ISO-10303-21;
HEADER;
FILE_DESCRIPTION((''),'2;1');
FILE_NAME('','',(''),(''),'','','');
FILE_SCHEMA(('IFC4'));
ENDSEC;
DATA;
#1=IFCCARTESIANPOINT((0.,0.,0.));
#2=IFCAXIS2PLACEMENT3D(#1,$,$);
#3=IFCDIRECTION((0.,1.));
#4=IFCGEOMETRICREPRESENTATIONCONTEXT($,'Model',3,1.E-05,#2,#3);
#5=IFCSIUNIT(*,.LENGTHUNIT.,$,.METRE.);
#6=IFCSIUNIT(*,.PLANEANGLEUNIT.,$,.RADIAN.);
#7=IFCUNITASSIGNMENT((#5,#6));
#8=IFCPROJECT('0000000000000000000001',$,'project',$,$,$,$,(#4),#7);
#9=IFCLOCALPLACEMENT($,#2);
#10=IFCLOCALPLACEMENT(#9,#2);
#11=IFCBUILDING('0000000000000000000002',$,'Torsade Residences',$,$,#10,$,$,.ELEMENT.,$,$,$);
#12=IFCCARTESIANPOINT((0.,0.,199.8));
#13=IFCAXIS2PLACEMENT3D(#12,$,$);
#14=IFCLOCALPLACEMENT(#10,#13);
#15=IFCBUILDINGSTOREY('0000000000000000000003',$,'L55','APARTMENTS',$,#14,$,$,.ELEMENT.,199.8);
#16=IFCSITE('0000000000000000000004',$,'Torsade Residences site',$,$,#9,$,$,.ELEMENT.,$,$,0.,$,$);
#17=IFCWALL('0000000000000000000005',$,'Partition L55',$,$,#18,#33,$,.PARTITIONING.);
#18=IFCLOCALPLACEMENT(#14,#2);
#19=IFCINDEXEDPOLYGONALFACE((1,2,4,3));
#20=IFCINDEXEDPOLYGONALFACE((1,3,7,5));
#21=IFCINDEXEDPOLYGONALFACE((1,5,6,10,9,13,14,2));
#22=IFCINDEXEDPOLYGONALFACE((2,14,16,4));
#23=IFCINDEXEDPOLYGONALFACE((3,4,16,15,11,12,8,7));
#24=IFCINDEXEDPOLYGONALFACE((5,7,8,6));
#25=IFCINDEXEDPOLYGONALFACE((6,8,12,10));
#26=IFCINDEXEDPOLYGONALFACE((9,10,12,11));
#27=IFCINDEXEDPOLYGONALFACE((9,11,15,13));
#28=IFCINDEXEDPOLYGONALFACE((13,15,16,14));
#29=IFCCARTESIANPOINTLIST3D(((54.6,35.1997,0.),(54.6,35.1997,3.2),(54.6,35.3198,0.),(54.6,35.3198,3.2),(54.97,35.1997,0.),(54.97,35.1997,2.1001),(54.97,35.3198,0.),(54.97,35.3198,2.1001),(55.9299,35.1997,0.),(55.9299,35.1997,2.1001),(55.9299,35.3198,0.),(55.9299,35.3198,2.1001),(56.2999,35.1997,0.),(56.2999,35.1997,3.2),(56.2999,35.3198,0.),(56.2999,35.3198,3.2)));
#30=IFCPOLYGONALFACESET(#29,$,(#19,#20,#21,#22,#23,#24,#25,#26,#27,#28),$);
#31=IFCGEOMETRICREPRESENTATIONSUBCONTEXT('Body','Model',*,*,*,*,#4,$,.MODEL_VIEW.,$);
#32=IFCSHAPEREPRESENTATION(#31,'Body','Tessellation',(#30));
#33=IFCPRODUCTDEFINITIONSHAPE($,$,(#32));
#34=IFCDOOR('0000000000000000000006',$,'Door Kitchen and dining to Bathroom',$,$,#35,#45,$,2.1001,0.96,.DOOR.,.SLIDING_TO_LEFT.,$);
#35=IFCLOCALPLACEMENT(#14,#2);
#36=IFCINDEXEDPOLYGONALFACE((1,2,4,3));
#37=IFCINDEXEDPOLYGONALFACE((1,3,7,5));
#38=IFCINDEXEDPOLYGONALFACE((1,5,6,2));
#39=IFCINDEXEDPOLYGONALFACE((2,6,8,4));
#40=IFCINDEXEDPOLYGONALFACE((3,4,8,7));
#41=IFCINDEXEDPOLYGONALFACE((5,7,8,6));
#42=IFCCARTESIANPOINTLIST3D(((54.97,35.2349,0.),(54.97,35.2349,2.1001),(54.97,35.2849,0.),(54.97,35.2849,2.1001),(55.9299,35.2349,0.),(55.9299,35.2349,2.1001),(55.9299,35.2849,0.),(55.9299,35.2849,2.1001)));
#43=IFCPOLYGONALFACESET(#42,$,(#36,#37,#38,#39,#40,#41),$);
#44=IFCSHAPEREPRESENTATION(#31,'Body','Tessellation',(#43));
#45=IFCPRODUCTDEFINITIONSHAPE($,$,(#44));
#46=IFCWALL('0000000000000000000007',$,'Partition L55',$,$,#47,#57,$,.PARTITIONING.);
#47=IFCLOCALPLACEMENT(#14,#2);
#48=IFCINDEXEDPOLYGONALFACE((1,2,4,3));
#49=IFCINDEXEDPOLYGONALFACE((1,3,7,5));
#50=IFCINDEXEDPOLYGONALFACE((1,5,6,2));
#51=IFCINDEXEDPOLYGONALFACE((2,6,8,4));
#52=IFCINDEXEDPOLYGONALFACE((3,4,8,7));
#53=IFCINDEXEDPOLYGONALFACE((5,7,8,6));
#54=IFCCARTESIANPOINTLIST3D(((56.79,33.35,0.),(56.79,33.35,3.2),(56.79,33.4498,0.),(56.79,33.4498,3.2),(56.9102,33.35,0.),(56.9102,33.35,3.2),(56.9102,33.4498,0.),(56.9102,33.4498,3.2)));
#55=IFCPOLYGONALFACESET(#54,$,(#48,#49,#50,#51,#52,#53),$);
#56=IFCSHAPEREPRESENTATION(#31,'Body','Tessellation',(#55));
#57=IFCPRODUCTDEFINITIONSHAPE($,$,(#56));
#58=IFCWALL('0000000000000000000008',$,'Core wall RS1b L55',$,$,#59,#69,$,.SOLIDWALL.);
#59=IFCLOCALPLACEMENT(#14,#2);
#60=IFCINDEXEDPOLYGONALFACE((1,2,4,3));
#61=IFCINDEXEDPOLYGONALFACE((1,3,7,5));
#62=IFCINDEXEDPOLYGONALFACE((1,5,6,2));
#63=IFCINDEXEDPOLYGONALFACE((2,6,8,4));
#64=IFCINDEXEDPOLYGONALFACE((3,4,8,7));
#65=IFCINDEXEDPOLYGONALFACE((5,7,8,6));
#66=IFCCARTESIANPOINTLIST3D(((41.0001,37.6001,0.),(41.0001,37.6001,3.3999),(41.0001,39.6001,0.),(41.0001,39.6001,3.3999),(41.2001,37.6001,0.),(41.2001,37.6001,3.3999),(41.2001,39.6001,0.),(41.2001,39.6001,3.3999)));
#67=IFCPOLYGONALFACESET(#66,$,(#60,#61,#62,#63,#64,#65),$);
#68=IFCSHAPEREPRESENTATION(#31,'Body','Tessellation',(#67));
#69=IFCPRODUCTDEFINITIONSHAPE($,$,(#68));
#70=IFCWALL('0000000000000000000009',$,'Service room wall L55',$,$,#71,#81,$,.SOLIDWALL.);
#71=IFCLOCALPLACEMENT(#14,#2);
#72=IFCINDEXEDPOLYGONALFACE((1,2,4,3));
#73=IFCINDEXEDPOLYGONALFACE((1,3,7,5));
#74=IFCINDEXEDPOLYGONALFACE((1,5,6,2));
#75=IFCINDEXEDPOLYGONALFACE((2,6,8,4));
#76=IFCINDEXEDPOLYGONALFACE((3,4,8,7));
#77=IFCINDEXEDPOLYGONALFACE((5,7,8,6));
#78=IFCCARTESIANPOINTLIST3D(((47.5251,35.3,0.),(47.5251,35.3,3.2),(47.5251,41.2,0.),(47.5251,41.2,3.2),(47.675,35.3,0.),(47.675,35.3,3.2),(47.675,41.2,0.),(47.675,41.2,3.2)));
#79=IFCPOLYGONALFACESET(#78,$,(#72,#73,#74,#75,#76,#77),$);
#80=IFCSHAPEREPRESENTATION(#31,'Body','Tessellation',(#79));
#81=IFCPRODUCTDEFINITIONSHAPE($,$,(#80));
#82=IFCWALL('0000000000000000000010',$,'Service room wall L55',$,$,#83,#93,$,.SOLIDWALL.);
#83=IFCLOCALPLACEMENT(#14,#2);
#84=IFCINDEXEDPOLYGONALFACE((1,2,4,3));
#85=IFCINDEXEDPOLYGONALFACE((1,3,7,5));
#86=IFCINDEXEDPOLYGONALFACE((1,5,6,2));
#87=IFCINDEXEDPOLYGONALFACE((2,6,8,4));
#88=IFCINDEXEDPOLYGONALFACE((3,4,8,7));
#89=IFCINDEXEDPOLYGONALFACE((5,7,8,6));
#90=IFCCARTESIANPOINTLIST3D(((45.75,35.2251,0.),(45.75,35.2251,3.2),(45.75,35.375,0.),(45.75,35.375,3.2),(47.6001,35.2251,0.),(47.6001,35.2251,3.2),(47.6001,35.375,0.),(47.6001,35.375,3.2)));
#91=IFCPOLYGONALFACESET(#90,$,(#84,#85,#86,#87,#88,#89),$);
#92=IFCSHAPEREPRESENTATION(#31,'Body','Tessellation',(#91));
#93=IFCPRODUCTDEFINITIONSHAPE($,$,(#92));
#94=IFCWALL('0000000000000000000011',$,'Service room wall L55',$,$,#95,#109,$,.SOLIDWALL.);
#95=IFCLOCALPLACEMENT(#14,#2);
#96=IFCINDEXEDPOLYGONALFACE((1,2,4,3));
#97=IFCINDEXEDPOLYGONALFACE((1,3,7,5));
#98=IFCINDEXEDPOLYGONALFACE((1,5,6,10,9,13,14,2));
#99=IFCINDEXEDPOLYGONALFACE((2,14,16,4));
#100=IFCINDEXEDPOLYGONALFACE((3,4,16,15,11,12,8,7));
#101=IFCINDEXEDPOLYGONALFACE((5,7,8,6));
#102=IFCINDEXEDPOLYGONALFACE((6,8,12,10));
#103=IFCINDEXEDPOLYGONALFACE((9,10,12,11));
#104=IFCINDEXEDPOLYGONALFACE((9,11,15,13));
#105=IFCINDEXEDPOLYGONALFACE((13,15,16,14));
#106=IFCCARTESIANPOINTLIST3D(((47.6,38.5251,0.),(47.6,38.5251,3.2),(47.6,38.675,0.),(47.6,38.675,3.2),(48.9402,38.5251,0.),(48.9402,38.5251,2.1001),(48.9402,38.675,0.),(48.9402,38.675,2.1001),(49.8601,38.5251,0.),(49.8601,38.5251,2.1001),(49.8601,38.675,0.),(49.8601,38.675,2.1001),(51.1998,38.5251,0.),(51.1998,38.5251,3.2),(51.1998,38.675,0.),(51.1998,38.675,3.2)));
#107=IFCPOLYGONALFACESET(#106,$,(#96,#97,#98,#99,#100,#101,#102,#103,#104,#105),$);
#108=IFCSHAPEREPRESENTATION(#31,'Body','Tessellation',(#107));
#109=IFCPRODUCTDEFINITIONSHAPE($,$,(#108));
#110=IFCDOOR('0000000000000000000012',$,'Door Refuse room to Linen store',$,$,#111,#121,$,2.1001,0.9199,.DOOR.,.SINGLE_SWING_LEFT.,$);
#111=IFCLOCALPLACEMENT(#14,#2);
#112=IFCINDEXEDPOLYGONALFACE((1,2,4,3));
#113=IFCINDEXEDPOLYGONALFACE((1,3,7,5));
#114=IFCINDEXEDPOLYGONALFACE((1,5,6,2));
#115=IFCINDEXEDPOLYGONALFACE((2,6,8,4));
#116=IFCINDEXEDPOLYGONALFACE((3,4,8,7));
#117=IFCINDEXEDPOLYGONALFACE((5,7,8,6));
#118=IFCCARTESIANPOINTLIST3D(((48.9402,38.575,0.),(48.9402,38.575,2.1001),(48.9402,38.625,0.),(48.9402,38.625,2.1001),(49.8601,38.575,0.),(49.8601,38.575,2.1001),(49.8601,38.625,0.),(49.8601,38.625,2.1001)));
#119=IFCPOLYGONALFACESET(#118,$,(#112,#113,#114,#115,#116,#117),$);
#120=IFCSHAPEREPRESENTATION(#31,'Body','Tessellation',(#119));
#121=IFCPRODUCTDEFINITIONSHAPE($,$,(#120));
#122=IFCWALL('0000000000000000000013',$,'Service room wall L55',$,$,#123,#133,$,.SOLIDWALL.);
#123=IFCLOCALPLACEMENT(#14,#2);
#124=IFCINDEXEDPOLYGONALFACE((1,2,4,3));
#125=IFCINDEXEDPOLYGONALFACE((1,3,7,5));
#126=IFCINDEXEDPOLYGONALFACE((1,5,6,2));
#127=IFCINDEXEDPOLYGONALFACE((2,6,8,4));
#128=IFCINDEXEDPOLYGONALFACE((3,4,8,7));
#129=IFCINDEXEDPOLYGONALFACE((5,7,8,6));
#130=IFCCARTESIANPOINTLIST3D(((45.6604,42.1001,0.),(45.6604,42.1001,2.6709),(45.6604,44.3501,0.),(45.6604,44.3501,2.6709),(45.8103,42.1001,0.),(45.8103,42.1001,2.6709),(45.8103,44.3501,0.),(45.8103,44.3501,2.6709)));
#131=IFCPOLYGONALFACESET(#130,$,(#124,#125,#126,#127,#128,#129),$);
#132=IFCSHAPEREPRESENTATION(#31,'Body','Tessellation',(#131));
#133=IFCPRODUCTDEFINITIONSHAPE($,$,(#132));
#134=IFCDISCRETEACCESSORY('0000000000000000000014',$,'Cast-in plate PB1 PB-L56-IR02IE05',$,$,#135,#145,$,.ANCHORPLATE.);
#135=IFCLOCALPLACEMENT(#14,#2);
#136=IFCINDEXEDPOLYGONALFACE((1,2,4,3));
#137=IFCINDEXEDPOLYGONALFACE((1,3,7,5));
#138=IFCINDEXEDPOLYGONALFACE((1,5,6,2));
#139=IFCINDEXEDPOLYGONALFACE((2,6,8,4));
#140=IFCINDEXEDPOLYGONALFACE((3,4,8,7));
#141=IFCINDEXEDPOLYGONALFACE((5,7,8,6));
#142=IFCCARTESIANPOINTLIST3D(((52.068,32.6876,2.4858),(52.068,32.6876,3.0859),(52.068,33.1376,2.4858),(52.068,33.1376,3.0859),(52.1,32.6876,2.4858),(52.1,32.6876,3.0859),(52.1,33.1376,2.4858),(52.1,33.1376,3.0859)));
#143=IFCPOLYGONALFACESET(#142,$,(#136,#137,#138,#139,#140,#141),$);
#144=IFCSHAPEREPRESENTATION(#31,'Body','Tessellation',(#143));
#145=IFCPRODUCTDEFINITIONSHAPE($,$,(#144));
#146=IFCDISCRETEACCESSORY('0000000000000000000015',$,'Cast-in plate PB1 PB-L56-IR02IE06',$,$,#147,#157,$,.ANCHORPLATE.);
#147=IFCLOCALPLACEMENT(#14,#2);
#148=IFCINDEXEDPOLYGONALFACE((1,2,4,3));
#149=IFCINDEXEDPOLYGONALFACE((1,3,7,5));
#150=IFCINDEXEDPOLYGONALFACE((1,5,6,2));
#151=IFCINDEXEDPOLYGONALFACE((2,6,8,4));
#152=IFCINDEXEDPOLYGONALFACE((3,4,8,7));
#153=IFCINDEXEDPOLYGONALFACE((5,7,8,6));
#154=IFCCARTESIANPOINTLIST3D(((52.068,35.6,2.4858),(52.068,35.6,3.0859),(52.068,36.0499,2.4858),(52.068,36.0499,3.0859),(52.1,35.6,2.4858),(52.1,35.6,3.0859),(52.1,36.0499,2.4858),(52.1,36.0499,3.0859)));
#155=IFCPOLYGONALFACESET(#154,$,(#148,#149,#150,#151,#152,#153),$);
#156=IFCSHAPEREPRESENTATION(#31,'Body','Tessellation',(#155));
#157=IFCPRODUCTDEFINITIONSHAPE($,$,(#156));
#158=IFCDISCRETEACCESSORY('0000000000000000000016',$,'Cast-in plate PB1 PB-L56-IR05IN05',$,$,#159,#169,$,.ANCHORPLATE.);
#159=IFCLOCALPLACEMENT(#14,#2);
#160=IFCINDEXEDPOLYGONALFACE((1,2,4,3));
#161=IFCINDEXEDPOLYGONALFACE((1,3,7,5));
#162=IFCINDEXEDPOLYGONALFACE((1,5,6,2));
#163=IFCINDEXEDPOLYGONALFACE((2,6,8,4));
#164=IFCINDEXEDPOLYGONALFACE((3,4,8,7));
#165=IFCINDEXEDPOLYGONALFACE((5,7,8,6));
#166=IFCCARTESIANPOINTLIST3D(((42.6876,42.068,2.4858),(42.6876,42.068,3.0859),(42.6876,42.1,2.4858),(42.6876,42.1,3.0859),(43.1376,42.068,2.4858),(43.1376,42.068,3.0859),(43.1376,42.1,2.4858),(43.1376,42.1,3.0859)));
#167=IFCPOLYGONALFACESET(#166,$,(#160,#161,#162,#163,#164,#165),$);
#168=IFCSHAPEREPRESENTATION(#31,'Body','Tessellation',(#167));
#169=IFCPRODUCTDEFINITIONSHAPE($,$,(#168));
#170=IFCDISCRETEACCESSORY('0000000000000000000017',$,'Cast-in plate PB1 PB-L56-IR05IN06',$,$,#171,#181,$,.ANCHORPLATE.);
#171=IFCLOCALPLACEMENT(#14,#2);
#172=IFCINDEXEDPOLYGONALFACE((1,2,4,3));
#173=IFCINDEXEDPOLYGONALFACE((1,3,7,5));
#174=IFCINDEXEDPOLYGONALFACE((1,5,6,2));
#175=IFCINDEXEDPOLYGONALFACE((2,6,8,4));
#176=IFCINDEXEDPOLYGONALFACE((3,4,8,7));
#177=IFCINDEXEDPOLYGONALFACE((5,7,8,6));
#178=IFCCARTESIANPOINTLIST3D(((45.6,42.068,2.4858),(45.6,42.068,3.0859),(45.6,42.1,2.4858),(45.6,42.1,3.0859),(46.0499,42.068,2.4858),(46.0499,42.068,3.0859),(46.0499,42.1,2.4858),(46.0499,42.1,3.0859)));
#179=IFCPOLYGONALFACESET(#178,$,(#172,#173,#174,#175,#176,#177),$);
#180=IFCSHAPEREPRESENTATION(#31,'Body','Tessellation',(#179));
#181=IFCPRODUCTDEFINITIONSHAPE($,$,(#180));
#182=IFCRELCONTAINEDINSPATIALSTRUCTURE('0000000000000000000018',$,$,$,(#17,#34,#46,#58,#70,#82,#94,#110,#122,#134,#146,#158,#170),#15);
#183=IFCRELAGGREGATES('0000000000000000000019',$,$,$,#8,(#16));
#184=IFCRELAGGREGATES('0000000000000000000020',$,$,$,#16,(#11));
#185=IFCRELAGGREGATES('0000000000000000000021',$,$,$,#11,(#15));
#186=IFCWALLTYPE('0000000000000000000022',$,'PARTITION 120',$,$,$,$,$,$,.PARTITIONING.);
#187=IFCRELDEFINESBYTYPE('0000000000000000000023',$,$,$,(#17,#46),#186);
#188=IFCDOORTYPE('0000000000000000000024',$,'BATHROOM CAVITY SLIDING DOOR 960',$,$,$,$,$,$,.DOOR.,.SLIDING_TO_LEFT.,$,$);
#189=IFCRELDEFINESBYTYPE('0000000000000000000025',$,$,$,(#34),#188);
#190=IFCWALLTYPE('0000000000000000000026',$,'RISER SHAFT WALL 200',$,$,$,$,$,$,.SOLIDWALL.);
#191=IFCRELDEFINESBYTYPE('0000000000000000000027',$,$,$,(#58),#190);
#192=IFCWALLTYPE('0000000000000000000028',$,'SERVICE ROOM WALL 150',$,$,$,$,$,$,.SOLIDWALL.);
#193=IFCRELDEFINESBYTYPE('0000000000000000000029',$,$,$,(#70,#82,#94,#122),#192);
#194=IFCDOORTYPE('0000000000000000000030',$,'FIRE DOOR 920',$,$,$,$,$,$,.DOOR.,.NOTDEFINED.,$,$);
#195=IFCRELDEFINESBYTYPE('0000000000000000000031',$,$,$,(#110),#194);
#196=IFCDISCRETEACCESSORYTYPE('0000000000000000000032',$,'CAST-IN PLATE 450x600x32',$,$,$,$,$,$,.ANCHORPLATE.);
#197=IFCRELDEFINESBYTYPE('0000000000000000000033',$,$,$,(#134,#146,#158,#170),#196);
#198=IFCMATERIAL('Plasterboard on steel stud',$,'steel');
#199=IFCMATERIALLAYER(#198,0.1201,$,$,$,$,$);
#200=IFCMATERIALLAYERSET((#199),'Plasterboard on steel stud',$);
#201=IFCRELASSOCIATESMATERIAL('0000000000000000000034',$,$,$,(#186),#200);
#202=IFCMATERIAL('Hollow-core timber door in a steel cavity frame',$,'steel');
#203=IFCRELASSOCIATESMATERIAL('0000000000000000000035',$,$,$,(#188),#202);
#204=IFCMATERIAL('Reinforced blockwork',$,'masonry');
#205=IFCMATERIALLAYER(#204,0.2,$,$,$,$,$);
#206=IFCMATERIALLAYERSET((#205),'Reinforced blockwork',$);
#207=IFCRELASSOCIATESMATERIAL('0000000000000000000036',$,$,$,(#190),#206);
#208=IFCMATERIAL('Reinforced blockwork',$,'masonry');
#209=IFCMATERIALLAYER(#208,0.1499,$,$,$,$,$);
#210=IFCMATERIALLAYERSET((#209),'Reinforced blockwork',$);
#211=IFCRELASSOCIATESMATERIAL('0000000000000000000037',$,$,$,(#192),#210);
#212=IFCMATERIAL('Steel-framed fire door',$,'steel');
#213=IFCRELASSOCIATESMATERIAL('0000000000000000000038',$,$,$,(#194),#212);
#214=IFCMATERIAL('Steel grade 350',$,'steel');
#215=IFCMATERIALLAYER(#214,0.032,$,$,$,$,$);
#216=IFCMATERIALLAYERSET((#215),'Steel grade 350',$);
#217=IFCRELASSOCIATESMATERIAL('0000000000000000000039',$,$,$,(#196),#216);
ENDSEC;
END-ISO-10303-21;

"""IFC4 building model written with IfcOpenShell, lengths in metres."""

from ifc_helpers import new_model, si_unit, direction, frame, frame_2d, origin, origin_2d, place, context, subcontext, project, spatial, rectangle, extrude, material, layer, layer_set, type_object, element, fill, save


model = new_model("IFC4")

# Units and contexts
model_context = context("Model", 3, precision=1e-05, world=origin(), true_north=direction((0.0, 1.0)))
body_context = subcontext(model_context, "Body", "Model", "MODEL_VIEW")
ifc_project = project(units=[si_unit("LENGTHUNIT", "METRE"), si_unit("PLANEANGLEUNIT", "RADIAN")], contexts=[model_context])

# Site, building, storey
site_placement = place(None, origin())
site = spatial("IfcSite", under=ifc_project, at=site_placement, Name="Torsade Residences site", CompositionType="ELEMENT", RefElevation=0.0)
building_placement = place(site_placement, origin())
building = spatial("IfcBuilding", under=site, at=building_placement, Name="Torsade Residences", CompositionType="ELEMENT")
storey_placement = place(building_placement, frame((0.0, 0.0, 199.8)))
storey = spatial("IfcBuildingStorey", under=building, at=storey_placement, Name="L55", Description="APARTMENTS", CompositionType="ELEMENT", Elevation=199.8)

# Shared definitions
ifc_material_1 = material(Name="Plasterboard on steel stud", Category="steel")
ifc_layer_1 = layer(ifc_material_1, 0.1201)
ifc_layer_set_1 = layer_set([ifc_layer_1], Name="Plasterboard on steel stud")
wall_type_1 = type_object("IfcWallType", Name="PARTITION 120", PredefinedType="PARTITIONING", material=ifc_layer_set_1)
ifc_material_2 = material(Name="Hollow-core timber door in a steel cavity frame", Category="steel")
door_type_1 = type_object("IfcDoorType", Name="BATHROOM CAVITY SLIDING DOOR 960", OperationType="SLIDING_TO_LEFT", PredefinedType="DOOR", material=ifc_material_2)

# Wall, opening, door
wall_1_placement = place(storey_placement, frame((56.3, 35.2598, 0.0), z_axis=(0.0, 0.0, 1.0), x_axis=(-1.0, 0.0, 0.0)))
wall_1 = element("IfcWall", 1, at=wall_1_placement, inside=storey, type_object=wall_type_1, Name="Partition L55", PredefinedType="PARTITIONING", context=body_context, shape_type="SweptSolid", body=[
    extrude(rectangle(XDim=1.7, YDim=0.1201, at=frame_2d((0.8501, 0.0))), origin(), (0.0, 0.0, 1.0), 3.2),
])
opening_1_placement = place(wall_1_placement, frame((0.3701, 0.0, 0.0)))
opening_1 = element("IfcOpeningElement", 2, at=opening_1_placement, cuts=wall_1, PredefinedType="OPENING", context=body_context, shape_type="SweptSolid", body=[
    extrude(rectangle(XDim=0.96, YDim=2.1001, at=frame_2d((0.48, 1.05))), frame((0.0, 0.0701, 0.0), z_axis=(0.0, -1.0, 0.0), x_axis=(1.0, 0.0, 0.0)), (0.0, 0.0, 1.0), 0.1401),
])
door_1_placement = place(opening_1_placement, origin())
door_1 = element("IfcDoor", 3, at=door_1_placement, inside=storey, type_object=door_type_1, Name="Door Kitchen and dining to Bathroom", OperationType="SLIDING_TO_LEFT", OverallHeight=2.1001, OverallWidth=0.96, PredefinedType="DOOR", context=body_context, shape_type="SweptSolid", body=[
    extrude(rectangle(XDim=0.96, YDim=2.1001, at=frame_2d((0.48, 1.05))), frame((0.0, 0.0249, 0.0), z_axis=(0.0, -1.0, 0.0), x_axis=(1.0, 0.0, 0.0)), (0.0, 0.0, 1.0), 0.05),
])
fill(opening_1, door_1)

# Walls
wall_2_placement = place(storey_placement, frame((56.8501, 33.3501, 0.0), z_axis=(0.0, 0.0, 1.0), x_axis=(0.0, 1.0, 0.0)))
element("IfcWall", 4, at=wall_2_placement, inside=storey, type_object=wall_type_1, Name="Partition L55", PredefinedType="PARTITIONING", context=body_context, shape_type="SweptSolid", body=[
    extrude(rectangle(XDim=0.0999, YDim=0.1201, at=frame_2d((0.0498, 0.0))), origin(), (0.0, 0.0, 1.0), 3.2),
])
ifc_material_3 = material(Name="Reinforced blockwork", Category="masonry")
ifc_layer_2 = layer(ifc_material_3, 0.2)
ifc_layer_set_2 = layer_set([ifc_layer_2], Name="Reinforced blockwork")
wall_type_2 = type_object("IfcWallType", Name="RISER SHAFT WALL 200", PredefinedType="SOLIDWALL", material=ifc_layer_set_2)
wall_3_placement = place(storey_placement, frame((41.1001, 37.6001, 0.0), z_axis=(0.0, 0.0, 1.0), x_axis=(0.0, 1.0, 0.0)))
element("IfcWall", 5, at=wall_3_placement, inside=storey, type_object=wall_type_2, Name="Core wall RS1b L55", PredefinedType="SOLIDWALL", context=body_context, shape_type="SweptSolid", body=[
    extrude(rectangle(XDim=2.0, YDim=0.2, at=frame_2d((1.0, 0.0))), origin(), (0.0, 0.0, 1.0), 3.3999),
])
ifc_material_4 = material(Name="Reinforced blockwork", Category="masonry")
ifc_layer_3 = layer(ifc_material_4, 0.1499)
ifc_layer_set_3 = layer_set([ifc_layer_3], Name="Reinforced blockwork")
wall_type_3 = type_object("IfcWallType", Name="SERVICE ROOM WALL 150", PredefinedType="SOLIDWALL", material=ifc_layer_set_3)
wall_4_placement = place(storey_placement, frame((47.6001, 41.2, 0.0), z_axis=(0.0, 0.0, 1.0), x_axis=(0.0, -1.0, 0.0)))
element("IfcWall", 6, at=wall_4_placement, inside=storey, type_object=wall_type_3, Name="Service room wall L55", PredefinedType="SOLIDWALL", context=body_context, shape_type="SweptSolid", body=[
    extrude(rectangle(XDim=5.8999, YDim=0.1499, at=frame_2d((2.95, 0.0))), origin(), (0.0, 0.0, 1.0), 3.2),
])
wall_5_placement = place(storey_placement, frame((47.6001, 35.3, 0.0), z_axis=(0.0, 0.0, 1.0), x_axis=(-1.0, 0.0, 0.0)))
element("IfcWall", 7, at=wall_5_placement, inside=storey, type_object=wall_type_3, Name="Service room wall L55", PredefinedType="SOLIDWALL", context=body_context, shape_type="SweptSolid", body=[
    extrude(rectangle(XDim=1.8501, YDim=0.1499, at=frame_2d((0.925, 0.0))), origin(), (0.0, 0.0, 1.0), 3.2),
])

# Wall, opening, door
wall_6_placement = place(storey_placement, frame((47.6001, 38.6001, 0.0), z_axis=(0.0, 0.0, 1.0), x_axis=(1.0, 0.0, 0.0)))
wall_6 = element("IfcWall", 8, at=wall_6_placement, inside=storey, type_object=wall_type_3, Name="Service room wall L55", PredefinedType="SOLIDWALL", context=body_context, shape_type="SweptSolid", body=[
    extrude(rectangle(XDim=3.5999, YDim=0.1499, at=frame_2d((1.7998, 0.0))), origin(), (0.0, 0.0, 1.0), 3.2),
])
opening_2_placement = place(wall_6_placement, frame((1.3401, 0.0, 0.0)))
opening_2 = element("IfcOpeningElement", 9, at=opening_2_placement, cuts=wall_6, PredefinedType="OPENING", context=body_context, shape_type="SweptSolid", body=[
    extrude(rectangle(XDim=0.9199, YDim=2.1001, at=frame_2d((0.46, 1.05))), frame((0.0, 0.085, 0.0), z_axis=(0.0, -1.0, 0.0), x_axis=(1.0, 0.0, 0.0)), (0.0, 0.0, 1.0), 0.1699),
])
ifc_material_5 = material(Name="Steel-framed fire door", Category="steel")
door_type_2 = type_object("IfcDoorType", Name="FIRE DOOR 920", OperationType="NOTDEFINED", PredefinedType="DOOR", material=ifc_material_5)
door_2_placement = place(opening_2_placement, origin())
door_2 = element("IfcDoor", 10, at=door_2_placement, inside=storey, type_object=door_type_2, Name="Door Refuse room to Linen store", OperationType="SINGLE_SWING_LEFT", OverallHeight=2.1001, OverallWidth=0.9199, PredefinedType="DOOR", context=body_context, shape_type="SweptSolid", body=[
    extrude(rectangle(XDim=0.9199, YDim=2.1001, at=frame_2d((0.46, 1.05))), frame((0.0, 0.0249, 0.0), z_axis=(0.0, -1.0, 0.0), x_axis=(1.0, 0.0, 0.0)), (0.0, 0.0, 1.0), 0.05),
])
fill(opening_2, door_2)

# Wall
wall_7_placement = place(storey_placement, frame((45.7354, 42.1001, 0.0), z_axis=(0.0, 0.0, 1.0), x_axis=(0.0, 1.0, 0.0)))
element("IfcWall", 11, at=wall_7_placement, inside=storey, type_object=wall_type_3, Name="Service room wall L55", PredefinedType="SOLIDWALL", context=body_context, shape_type="SweptSolid", body=[
    extrude(rectangle(XDim=2.25, YDim=0.1499, at=frame_2d((1.125, 0.0))), origin(), (0.0, 0.0, 1.0), 2.6709),
])

# Discrete accessories
ifc_material_6 = material(Name="Steel grade 350", Category="steel")
ifc_layer_4 = layer(ifc_material_6, 0.032)
ifc_layer_set_4 = layer_set([ifc_layer_4], Name="Steel grade 350")
discrete_accessory_type = type_object("IfcDiscreteAccessoryType", Name="CAST-IN PLATE 450x600x32", PredefinedType="ANCHORPLATE", material=ifc_layer_set_4)
for number, where, z_axis, x_axis, name in (
    (12, (52.084, 32.9126, 2.4858), (0.0, 0.0, 1.0), (1.0, 0.0, 0.0), "Cast-in plate PB1 PB-L56-IR02IE05"),
    (13, (52.084, 35.825, 2.4858), (0.0, 0.0, 1.0), (1.0, 0.0, 0.0), "Cast-in plate PB1 PB-L56-IR02IE06"),
):
    element("IfcDiscreteAccessory", number, at=place(storey_placement, frame(where, z_axis=z_axis, x_axis=x_axis)), inside=storey, type_object=discrete_accessory_type, Name=name, PredefinedType="ANCHORPLATE", context=body_context, shape_type="SweptSolid", body=[
        extrude(rectangle(XDim=0.032, YDim=0.45, at=origin_2d()), origin(), (0.0, 0.0, 1.0), 0.6001),
    ])
for number, where, z_axis, x_axis, name in (
    (14, (42.9126, 42.084, 2.4858), (0.0, 0.0, 1.0), (1.0, 0.0, 0.0), "Cast-in plate PB1 PB-L56-IR05IN05"),
    (15, (45.825, 42.084, 2.4858), (0.0, 0.0, 1.0), (1.0, 0.0, 0.0), "Cast-in plate PB1 PB-L56-IR05IN06"),
):
    element("IfcDiscreteAccessory", number, at=place(storey_placement, frame(where, z_axis=z_axis, x_axis=x_axis)), inside=storey, type_object=discrete_accessory_type, Name=name, PredefinedType="ANCHORPLATE", context=body_context, shape_type="SweptSolid", body=[
        extrude(rectangle(XDim=0.45, YDim=0.032, at=origin_2d()), origin(), (0.0, 0.0, 1.0), 0.6001),
    ])

save(model, "model.ifc")
